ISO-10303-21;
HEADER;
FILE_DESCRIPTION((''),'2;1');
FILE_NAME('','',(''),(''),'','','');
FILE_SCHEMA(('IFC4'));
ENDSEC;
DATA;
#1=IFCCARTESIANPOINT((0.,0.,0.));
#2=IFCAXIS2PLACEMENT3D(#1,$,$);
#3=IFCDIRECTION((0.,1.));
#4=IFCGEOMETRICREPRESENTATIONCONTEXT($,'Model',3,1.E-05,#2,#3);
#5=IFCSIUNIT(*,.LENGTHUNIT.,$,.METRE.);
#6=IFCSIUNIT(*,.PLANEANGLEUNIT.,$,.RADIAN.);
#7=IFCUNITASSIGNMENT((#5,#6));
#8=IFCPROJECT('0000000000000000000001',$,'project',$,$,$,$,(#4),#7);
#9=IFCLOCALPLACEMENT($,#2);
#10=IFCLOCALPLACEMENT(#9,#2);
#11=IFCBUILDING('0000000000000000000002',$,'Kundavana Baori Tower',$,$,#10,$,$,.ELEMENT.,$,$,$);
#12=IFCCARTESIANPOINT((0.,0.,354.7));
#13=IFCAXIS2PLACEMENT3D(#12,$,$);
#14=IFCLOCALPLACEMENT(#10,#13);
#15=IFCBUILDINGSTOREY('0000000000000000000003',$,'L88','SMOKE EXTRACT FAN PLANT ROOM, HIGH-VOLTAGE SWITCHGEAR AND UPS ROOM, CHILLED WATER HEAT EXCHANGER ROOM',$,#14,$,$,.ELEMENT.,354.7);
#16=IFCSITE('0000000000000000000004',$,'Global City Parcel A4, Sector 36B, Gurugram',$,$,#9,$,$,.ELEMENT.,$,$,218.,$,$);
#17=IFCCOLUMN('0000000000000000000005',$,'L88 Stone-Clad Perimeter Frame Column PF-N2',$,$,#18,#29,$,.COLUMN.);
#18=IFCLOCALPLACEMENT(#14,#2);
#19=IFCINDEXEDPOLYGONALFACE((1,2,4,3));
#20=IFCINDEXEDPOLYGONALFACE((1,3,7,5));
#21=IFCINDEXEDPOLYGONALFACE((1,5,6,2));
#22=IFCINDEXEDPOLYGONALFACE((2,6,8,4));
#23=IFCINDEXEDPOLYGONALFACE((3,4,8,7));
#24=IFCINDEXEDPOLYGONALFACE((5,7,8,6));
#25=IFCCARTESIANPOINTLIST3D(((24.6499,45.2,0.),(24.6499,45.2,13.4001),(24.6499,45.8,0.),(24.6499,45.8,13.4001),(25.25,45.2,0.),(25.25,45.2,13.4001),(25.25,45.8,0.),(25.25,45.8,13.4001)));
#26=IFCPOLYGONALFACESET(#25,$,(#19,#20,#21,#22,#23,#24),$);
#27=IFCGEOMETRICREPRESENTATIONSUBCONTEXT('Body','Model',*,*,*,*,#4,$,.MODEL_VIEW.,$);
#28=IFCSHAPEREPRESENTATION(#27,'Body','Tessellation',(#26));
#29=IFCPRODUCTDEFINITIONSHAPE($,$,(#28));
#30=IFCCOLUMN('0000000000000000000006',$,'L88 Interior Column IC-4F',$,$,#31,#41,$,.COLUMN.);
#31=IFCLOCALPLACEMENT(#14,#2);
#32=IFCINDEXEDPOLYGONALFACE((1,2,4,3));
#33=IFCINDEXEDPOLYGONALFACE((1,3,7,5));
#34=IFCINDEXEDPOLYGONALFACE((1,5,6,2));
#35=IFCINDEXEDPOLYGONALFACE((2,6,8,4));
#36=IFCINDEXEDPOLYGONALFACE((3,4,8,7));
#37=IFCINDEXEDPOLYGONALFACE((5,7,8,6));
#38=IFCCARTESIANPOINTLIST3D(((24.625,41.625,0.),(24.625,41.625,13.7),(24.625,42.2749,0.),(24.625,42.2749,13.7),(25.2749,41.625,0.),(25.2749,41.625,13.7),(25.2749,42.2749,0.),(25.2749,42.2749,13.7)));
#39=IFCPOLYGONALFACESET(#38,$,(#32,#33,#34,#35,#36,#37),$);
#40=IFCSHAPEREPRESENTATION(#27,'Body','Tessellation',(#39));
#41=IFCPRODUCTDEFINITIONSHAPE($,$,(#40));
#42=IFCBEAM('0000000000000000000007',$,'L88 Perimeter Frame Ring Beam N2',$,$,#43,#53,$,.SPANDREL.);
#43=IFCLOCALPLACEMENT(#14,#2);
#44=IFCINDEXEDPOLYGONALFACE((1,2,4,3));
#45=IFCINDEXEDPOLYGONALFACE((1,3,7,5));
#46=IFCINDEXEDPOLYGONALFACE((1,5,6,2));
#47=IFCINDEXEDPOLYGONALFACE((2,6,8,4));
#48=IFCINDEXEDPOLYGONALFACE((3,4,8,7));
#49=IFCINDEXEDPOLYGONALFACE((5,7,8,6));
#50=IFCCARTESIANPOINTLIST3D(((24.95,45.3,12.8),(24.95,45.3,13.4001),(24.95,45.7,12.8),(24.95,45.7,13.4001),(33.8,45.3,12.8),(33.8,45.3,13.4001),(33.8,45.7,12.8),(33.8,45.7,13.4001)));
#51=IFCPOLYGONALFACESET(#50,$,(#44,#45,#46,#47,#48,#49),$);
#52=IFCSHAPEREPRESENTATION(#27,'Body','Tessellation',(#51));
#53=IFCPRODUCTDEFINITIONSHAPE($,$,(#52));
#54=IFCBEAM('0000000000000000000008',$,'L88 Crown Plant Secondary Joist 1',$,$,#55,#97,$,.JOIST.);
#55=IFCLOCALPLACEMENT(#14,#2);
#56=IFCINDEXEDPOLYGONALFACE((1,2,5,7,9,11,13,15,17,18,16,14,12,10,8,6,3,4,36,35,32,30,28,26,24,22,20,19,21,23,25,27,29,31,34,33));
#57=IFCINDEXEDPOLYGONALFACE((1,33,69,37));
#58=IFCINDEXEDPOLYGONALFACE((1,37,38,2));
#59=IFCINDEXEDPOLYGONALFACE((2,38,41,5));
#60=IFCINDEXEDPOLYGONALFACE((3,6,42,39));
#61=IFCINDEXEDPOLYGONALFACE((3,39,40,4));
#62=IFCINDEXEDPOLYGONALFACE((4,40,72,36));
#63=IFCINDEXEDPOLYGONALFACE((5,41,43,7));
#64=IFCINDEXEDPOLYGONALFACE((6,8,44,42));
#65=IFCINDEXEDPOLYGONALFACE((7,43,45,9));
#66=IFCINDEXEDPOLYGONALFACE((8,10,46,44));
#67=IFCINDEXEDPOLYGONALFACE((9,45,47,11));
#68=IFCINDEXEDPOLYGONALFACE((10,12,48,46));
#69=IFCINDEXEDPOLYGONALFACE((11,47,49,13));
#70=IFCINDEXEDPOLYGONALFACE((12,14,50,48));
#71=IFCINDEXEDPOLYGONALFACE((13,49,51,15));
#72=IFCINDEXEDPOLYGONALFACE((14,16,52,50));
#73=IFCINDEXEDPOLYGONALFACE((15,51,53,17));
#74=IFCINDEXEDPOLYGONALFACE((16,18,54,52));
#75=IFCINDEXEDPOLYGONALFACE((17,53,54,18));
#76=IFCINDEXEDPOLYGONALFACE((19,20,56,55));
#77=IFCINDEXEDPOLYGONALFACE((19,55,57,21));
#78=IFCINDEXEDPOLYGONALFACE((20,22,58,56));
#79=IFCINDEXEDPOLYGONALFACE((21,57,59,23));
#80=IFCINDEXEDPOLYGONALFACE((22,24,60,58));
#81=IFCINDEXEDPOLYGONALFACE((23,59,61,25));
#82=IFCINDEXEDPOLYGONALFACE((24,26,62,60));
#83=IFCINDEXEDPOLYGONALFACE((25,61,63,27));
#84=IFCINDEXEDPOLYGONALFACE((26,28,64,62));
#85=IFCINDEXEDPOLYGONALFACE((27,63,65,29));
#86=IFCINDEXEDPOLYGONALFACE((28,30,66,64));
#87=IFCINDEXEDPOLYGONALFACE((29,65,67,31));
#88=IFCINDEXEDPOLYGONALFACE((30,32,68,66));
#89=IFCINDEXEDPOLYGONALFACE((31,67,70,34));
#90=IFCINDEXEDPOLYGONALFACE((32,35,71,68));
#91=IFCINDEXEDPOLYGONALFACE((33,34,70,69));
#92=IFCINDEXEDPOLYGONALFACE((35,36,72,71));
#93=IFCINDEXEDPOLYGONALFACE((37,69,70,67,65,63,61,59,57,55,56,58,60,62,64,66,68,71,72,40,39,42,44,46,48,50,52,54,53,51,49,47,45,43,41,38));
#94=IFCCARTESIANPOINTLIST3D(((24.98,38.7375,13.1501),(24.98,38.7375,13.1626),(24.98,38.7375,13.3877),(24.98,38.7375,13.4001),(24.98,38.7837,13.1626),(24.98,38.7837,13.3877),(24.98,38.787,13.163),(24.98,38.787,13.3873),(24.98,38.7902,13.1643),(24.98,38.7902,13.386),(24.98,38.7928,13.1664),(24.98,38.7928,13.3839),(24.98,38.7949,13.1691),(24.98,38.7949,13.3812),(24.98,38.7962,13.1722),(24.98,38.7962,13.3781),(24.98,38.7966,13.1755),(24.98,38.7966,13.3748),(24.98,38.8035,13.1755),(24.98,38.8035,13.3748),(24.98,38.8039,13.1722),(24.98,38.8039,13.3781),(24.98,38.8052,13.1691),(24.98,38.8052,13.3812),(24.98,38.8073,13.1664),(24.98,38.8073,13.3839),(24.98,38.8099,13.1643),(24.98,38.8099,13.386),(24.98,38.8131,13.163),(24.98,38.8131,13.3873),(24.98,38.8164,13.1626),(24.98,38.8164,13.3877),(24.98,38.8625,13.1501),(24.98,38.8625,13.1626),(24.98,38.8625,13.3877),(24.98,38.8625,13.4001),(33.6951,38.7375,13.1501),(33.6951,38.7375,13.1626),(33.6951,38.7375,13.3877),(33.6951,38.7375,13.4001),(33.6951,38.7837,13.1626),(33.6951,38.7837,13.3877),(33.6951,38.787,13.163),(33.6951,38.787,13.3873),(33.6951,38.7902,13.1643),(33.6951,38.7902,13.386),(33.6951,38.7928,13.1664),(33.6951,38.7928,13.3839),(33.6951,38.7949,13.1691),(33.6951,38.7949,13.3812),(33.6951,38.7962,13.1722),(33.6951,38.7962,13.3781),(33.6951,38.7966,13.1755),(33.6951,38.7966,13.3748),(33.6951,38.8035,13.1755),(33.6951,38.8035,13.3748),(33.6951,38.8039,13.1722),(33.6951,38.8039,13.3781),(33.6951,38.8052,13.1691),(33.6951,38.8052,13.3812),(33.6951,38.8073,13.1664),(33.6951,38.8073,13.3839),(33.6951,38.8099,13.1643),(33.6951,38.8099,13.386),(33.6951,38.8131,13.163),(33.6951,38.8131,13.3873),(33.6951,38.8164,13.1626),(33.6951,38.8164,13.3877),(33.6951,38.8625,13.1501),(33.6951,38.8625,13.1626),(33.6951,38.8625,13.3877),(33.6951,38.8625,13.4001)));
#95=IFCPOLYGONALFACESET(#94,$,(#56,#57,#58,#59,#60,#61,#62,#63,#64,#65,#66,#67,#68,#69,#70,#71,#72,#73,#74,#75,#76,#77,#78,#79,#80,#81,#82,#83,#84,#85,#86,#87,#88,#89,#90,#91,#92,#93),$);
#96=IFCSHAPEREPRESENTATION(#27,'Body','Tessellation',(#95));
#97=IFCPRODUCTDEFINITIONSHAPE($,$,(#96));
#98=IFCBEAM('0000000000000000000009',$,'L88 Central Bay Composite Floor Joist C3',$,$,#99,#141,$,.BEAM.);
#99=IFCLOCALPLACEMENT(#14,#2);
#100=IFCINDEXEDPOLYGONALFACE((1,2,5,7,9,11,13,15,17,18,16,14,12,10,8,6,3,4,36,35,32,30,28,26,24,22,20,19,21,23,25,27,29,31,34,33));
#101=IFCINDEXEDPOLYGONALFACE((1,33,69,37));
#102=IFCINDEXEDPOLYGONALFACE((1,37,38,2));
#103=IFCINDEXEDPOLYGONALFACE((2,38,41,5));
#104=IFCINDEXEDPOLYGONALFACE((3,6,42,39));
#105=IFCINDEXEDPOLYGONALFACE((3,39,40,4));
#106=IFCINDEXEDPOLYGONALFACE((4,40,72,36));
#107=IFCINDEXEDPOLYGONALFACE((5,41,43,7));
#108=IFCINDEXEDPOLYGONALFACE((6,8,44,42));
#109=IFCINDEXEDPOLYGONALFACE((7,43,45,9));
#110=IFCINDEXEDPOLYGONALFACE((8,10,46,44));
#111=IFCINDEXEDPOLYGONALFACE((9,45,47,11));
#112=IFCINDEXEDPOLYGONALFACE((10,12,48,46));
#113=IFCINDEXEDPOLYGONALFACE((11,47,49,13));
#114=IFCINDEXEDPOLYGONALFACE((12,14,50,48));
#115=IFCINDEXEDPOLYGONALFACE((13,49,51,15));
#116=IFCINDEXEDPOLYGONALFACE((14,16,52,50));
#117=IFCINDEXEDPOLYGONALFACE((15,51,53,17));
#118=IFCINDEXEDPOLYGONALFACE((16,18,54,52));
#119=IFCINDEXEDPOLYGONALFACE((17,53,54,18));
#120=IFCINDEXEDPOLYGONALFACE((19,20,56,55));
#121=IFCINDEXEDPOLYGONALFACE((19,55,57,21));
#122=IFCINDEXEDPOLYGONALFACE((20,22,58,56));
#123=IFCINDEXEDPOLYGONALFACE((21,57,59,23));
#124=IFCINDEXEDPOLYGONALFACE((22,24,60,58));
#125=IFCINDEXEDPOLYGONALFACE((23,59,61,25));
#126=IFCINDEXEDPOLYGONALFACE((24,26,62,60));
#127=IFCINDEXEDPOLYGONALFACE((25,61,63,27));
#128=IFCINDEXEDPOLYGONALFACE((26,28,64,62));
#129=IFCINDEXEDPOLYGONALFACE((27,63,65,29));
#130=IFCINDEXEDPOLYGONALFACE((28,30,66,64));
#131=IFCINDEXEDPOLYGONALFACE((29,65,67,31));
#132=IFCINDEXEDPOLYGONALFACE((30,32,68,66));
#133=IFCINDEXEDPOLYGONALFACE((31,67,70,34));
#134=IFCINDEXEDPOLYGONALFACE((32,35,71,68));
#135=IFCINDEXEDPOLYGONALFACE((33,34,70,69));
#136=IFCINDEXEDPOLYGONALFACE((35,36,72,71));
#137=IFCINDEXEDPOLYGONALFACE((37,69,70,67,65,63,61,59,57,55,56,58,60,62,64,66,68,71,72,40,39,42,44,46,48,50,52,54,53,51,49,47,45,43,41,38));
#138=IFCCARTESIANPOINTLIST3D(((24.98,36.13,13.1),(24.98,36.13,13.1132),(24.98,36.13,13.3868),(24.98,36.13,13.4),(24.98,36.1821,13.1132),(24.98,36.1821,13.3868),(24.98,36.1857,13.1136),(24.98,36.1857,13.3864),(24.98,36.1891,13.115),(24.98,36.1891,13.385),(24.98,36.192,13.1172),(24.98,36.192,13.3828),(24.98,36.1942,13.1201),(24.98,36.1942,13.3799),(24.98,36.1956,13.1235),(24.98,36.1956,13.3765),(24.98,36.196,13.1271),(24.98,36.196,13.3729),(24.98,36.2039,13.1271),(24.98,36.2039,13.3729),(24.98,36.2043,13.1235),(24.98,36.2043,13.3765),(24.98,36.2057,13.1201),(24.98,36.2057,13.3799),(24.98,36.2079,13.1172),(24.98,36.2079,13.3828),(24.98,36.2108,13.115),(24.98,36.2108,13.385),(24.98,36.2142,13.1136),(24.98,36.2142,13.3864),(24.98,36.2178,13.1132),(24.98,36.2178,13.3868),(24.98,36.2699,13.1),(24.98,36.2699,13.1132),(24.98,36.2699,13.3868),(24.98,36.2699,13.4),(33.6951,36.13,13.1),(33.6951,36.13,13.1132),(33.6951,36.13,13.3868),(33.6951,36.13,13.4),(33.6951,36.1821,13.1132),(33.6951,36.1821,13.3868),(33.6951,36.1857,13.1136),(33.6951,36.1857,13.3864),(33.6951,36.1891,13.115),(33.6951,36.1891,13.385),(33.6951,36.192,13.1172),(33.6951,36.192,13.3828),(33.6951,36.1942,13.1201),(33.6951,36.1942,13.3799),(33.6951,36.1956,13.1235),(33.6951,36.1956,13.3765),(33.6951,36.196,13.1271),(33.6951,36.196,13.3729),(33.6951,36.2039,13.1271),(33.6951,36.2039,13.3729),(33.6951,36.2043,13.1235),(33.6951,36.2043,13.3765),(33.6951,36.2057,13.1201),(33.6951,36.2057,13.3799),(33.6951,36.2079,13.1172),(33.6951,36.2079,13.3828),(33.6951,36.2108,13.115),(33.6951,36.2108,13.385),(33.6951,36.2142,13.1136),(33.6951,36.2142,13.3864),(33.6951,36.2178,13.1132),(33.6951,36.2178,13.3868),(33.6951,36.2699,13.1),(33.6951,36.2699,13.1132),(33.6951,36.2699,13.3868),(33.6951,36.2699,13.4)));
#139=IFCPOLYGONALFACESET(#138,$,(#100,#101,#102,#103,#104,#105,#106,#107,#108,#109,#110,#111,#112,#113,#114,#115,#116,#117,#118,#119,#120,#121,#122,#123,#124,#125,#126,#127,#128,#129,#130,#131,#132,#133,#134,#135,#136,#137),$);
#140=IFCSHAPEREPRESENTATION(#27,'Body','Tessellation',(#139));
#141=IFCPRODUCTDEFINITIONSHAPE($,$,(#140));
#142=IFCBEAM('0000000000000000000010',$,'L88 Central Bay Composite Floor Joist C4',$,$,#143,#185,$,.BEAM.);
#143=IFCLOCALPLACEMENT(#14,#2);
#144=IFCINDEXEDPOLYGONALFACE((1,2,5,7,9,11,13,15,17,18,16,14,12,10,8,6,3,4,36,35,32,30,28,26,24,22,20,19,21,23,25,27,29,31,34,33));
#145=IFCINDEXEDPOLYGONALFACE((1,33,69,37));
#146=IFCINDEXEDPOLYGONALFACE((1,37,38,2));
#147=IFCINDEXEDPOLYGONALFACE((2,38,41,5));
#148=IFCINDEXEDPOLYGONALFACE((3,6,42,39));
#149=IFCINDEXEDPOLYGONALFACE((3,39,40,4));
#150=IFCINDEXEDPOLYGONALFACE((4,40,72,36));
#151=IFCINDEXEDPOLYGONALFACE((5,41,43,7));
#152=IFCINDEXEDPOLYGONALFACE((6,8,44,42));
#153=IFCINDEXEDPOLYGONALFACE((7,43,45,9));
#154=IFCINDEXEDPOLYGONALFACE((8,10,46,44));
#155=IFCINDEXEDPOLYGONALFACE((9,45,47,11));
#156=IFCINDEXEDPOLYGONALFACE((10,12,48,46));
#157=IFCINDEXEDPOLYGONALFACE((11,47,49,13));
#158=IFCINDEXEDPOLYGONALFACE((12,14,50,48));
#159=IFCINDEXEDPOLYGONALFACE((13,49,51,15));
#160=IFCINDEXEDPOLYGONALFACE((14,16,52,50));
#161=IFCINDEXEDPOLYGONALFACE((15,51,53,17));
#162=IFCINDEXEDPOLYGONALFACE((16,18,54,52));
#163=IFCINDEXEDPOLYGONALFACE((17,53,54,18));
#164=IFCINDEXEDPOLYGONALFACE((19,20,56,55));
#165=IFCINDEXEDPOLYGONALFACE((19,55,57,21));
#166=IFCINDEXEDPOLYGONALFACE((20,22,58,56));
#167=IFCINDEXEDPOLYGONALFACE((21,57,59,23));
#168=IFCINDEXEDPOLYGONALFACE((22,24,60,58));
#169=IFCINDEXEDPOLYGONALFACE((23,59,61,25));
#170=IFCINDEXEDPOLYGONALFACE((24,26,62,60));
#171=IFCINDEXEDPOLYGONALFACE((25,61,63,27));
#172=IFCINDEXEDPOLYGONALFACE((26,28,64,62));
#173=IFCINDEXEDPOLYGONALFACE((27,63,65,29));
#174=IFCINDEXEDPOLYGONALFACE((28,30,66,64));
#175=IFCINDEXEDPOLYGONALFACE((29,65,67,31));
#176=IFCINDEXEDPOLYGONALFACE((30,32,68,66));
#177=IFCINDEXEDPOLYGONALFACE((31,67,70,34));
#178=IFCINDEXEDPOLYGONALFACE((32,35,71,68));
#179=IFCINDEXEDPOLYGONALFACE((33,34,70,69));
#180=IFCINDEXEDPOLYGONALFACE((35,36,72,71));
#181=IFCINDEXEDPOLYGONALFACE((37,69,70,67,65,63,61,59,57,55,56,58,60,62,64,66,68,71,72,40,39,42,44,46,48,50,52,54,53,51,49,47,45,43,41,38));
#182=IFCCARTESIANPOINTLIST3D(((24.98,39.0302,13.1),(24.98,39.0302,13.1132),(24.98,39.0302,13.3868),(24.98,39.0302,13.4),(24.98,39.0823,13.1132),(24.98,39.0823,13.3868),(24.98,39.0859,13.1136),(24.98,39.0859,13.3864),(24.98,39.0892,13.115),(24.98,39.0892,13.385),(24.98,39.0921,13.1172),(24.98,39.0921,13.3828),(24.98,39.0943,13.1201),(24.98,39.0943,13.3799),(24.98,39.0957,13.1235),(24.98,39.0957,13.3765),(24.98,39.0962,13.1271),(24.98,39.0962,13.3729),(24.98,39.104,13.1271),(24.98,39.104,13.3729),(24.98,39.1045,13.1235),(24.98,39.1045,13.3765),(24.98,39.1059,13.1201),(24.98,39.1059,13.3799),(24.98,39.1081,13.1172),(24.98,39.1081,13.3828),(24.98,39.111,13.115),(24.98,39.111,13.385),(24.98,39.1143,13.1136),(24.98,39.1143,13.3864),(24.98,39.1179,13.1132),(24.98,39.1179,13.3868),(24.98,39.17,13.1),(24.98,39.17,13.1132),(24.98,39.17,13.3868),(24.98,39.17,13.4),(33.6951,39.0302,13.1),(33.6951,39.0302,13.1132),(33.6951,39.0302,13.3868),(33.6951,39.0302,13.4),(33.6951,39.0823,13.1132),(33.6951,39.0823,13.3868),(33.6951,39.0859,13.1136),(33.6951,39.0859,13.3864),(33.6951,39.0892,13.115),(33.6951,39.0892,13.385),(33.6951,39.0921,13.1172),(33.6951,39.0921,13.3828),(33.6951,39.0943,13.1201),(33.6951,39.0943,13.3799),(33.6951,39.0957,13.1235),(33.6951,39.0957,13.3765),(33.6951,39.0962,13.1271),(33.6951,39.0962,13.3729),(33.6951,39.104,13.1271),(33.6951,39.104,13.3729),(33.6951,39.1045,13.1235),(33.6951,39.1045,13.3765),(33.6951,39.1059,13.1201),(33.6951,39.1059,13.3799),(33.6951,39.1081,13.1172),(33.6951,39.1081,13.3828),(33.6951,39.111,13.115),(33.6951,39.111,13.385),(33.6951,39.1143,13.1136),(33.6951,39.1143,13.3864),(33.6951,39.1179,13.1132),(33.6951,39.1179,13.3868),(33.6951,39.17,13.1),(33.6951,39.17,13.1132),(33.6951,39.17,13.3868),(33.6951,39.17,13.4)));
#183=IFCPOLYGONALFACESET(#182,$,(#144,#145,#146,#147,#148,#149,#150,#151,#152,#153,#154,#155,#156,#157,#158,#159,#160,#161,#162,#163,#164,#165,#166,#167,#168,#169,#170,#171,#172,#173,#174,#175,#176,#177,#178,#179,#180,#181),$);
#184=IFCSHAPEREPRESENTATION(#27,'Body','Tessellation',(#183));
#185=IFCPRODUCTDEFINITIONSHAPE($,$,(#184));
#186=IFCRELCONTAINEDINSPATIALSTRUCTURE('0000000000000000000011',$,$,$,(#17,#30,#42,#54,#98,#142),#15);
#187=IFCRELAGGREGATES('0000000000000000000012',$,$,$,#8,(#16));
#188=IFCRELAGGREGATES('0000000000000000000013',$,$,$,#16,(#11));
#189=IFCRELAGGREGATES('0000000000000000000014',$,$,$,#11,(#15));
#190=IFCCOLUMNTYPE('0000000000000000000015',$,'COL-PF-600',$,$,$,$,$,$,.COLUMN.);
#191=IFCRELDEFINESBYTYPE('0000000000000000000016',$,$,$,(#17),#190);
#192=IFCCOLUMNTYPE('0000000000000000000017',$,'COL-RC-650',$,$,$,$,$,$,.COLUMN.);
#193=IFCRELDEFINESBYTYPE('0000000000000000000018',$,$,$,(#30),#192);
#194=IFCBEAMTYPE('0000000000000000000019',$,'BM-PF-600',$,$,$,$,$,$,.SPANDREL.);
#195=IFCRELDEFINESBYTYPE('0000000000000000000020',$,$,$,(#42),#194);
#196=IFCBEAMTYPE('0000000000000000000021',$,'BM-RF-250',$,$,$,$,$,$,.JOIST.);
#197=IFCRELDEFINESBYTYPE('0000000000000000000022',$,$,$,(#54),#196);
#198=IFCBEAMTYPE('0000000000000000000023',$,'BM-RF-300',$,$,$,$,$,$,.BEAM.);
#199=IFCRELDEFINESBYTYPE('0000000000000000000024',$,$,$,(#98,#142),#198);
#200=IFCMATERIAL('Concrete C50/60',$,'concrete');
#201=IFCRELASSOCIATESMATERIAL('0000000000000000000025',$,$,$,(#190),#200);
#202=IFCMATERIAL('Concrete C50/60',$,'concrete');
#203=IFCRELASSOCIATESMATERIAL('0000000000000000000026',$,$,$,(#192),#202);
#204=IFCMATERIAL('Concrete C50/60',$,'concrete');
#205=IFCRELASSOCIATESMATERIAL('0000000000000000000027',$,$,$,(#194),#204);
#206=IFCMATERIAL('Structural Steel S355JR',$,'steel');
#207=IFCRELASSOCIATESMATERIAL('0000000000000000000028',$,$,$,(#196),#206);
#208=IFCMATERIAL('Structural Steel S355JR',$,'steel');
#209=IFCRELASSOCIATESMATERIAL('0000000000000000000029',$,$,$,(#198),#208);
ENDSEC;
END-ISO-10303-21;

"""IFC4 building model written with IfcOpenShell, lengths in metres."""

from ifc_helpers import new_model, si_unit, direction, frame, origin, origin_2d, place, context, subcontext, project, spatial, rectangle, i_section, extrude, material, material_profile, profile_set, type_object, element, save


model = new_model("IFC4")

# Units and contexts
model_context = context("Model", 3, precision=1e-05, world=origin(), true_north=direction((0.0, 1.0)))
body_context = subcontext(model_context, "Body", "Model", "MODEL_VIEW")
ifc_project = project(units=[si_unit("LENGTHUNIT", "METRE"), si_unit("PLANEANGLEUNIT", "RADIAN")], contexts=[model_context])

# Site, building, storey
site_placement = place(None, origin())
site = spatial("IfcSite", under=ifc_project, at=site_placement, Name="Global City Parcel A4, Sector 36B, Gurugram", CompositionType="ELEMENT", RefElevation=218.0)
building_placement = place(site_placement, origin())
building = spatial("IfcBuilding", under=site, at=building_placement, Name="Kundavana Baori Tower", CompositionType="ELEMENT")
storey_placement = place(building_placement, frame((0.0, 0.0, 354.7)))
storey = spatial("IfcBuildingStorey", under=building, at=storey_placement, Name="L88", Description="SMOKE EXTRACT FAN PLANT ROOM, HIGH-VOLTAGE SWITCHGEAR AND UPS ROOM, CHILLED WATER HEAT EXCHANGER ROOM", CompositionType="ELEMENT", Elevation=354.7)

# Columns
ifc_material_1 = material(Name="Concrete C50/60", Category="concrete")
ifc_material_profile_1 = material_profile(ifc_material_1, rectangle(XDim=0.6001, YDim=0.6001, at=origin_2d()), Name="RC PF 600x600")
ifc_profile_set_1 = profile_set([ifc_material_profile_1], Name="Concrete C50/60")
column_type_1 = type_object("IfcColumnType", Name="COL-PF-600", PredefinedType="COLUMN", material=ifc_profile_set_1)
column_1_placement = place(storey_placement, frame((24.95, 45.5, 0.0), z_axis=(0.0, 0.0, 1.0), x_axis=(1.0, 0.0, 0.0)))
element("IfcColumn", 1, at=column_1_placement, inside=storey, type_object=column_type_1, Name="L88 Stone-Clad Perimeter Frame Column PF-N2", PredefinedType="COLUMN", context=body_context, shape_type="SweptSolid", body=[
    extrude(rectangle(XDim=0.6001, YDim=0.6001, at=origin_2d()), origin(), (0.0, 0.0, 1.0), 13.4001),
])
ifc_material_2 = material(Name="Concrete C50/60", Category="concrete")
ifc_material_profile_2 = material_profile(ifc_material_2, rectangle(XDim=0.6499, YDim=0.6499, at=origin_2d()), Name="RC 650x650")
ifc_profile_set_2 = profile_set([ifc_material_profile_2], Name="Concrete C50/60")
column_type_2 = type_object("IfcColumnType", Name="COL-RC-650", PredefinedType="COLUMN", material=ifc_profile_set_2)
column_2_placement = place(storey_placement, frame((24.95, 41.95, 0.0), z_axis=(0.0, 0.0, 1.0), x_axis=(1.0, 0.0, 0.0)))
element("IfcColumn", 2, at=column_2_placement, inside=storey, type_object=column_type_2, Name="L88 Interior Column IC-4F", PredefinedType="COLUMN", context=body_context, shape_type="SweptSolid", body=[
    extrude(rectangle(XDim=0.6499, YDim=0.6499, at=origin_2d()), origin(), (0.0, 0.0, 1.0), 13.7),
])

# Beams
ifc_material_3 = material(Name="Concrete C50/60", Category="concrete")
ifc_material_profile_3 = material_profile(ifc_material_3, rectangle(XDim=0.3999, YDim=0.6001, at=origin_2d()), Name="RC BM 400x600")
ifc_profile_set_3 = profile_set([ifc_material_profile_3], Name="Concrete C50/60")
beam_type_1 = type_object("IfcBeamType", Name="BM-PF-600", PredefinedType="SPANDREL", material=ifc_profile_set_3)
beam_1_placement = place(storey_placement, frame((24.95, 45.5, 13.1001), z_axis=(1.0, 0.0, 0.0), x_axis=(0.0, 1.0, 0.0)))
element("IfcBeam", 3, at=beam_1_placement, inside=storey, type_object=beam_type_1, Name="L88 Perimeter Frame Ring Beam N2", PredefinedType="SPANDREL", context=body_context, shape_type="SweptSolid", body=[
    extrude(rectangle(XDim=0.3999, YDim=0.6001, at=origin_2d()), origin(), (0.0, 0.0, 1.0), 8.8501),
])
ifc_material_4 = material(Name="Structural Steel S355JR", Category="steel")
ifc_material_profile_4 = material_profile(ifc_material_4, i_section(OverallWidth=0.125, OverallDepth=0.25, WebThickness=0.0068, FlangeThickness=0.0125, FilletRadius=0.0129, at=origin_2d()), Name="ISMB 250")
ifc_profile_set_4 = profile_set([ifc_material_profile_4], Name="Structural Steel S355JR")
beam_type_2 = type_object("IfcBeamType", Name="BM-RF-250", PredefinedType="JOIST", material=ifc_profile_set_4)
beam_2_placement = place(storey_placement, frame((24.98, 38.8, 13.2751), z_axis=(1.0, 0.0, 0.0), x_axis=(0.0, 1.0, 0.0)))
element("IfcBeam", 4, at=beam_2_placement, inside=storey, type_object=beam_type_2, Name="L88 Crown Plant Secondary Joist 1", PredefinedType="JOIST", context=body_context, shape_type="SweptSolid", body=[
    extrude(i_section(OverallWidth=0.125, OverallDepth=0.25, WebThickness=0.0068, FlangeThickness=0.0125, FilletRadius=0.0129, at=origin_2d()), origin(), (0.0, 0.0, 1.0), 8.7151),
])
ifc_material_5 = material(Name="Structural Steel S355JR", Category="steel")
ifc_material_profile_5 = material_profile(ifc_material_5, i_section(OverallWidth=0.1399, OverallDepth=0.3, WebThickness=0.0078, FlangeThickness=0.0132, FilletRadius=0.0139, at=origin_2d()), Name="ISMB 300")
ifc_profile_set_5 = profile_set([ifc_material_profile_5], Name="Structural Steel S355JR")
beam_type_3 = type_object("IfcBeamType", Name="BM-RF-300", PredefinedType="BEAM", material=ifc_profile_set_5)
for number, where, z_axis, x_axis, name in (
    (5, (24.98, 36.2, 13.25), (1.0, 0.0, 0.0), (0.0, 1.0, 0.0), "L88 Central Bay Composite Floor Joist C3"),
    (6, (24.98, 39.1001, 13.25), (1.0, 0.0, 0.0), (0.0, 1.0, 0.0), "L88 Central Bay Composite Floor Joist C4"),
):
    element("IfcBeam", number, at=place(storey_placement, frame(where, z_axis=z_axis, x_axis=x_axis)), inside=storey, type_object=beam_type_3, Name=name, PredefinedType="BEAM", context=body_context, shape_type="SweptSolid", body=[
        extrude(i_section(OverallWidth=0.1399, OverallDepth=0.3, WebThickness=0.0078, FlangeThickness=0.0132, FilletRadius=0.0139, at=origin_2d()), origin(), (0.0, 0.0, 1.0), 8.7151),
    ])

save(model, "model.ifc")
